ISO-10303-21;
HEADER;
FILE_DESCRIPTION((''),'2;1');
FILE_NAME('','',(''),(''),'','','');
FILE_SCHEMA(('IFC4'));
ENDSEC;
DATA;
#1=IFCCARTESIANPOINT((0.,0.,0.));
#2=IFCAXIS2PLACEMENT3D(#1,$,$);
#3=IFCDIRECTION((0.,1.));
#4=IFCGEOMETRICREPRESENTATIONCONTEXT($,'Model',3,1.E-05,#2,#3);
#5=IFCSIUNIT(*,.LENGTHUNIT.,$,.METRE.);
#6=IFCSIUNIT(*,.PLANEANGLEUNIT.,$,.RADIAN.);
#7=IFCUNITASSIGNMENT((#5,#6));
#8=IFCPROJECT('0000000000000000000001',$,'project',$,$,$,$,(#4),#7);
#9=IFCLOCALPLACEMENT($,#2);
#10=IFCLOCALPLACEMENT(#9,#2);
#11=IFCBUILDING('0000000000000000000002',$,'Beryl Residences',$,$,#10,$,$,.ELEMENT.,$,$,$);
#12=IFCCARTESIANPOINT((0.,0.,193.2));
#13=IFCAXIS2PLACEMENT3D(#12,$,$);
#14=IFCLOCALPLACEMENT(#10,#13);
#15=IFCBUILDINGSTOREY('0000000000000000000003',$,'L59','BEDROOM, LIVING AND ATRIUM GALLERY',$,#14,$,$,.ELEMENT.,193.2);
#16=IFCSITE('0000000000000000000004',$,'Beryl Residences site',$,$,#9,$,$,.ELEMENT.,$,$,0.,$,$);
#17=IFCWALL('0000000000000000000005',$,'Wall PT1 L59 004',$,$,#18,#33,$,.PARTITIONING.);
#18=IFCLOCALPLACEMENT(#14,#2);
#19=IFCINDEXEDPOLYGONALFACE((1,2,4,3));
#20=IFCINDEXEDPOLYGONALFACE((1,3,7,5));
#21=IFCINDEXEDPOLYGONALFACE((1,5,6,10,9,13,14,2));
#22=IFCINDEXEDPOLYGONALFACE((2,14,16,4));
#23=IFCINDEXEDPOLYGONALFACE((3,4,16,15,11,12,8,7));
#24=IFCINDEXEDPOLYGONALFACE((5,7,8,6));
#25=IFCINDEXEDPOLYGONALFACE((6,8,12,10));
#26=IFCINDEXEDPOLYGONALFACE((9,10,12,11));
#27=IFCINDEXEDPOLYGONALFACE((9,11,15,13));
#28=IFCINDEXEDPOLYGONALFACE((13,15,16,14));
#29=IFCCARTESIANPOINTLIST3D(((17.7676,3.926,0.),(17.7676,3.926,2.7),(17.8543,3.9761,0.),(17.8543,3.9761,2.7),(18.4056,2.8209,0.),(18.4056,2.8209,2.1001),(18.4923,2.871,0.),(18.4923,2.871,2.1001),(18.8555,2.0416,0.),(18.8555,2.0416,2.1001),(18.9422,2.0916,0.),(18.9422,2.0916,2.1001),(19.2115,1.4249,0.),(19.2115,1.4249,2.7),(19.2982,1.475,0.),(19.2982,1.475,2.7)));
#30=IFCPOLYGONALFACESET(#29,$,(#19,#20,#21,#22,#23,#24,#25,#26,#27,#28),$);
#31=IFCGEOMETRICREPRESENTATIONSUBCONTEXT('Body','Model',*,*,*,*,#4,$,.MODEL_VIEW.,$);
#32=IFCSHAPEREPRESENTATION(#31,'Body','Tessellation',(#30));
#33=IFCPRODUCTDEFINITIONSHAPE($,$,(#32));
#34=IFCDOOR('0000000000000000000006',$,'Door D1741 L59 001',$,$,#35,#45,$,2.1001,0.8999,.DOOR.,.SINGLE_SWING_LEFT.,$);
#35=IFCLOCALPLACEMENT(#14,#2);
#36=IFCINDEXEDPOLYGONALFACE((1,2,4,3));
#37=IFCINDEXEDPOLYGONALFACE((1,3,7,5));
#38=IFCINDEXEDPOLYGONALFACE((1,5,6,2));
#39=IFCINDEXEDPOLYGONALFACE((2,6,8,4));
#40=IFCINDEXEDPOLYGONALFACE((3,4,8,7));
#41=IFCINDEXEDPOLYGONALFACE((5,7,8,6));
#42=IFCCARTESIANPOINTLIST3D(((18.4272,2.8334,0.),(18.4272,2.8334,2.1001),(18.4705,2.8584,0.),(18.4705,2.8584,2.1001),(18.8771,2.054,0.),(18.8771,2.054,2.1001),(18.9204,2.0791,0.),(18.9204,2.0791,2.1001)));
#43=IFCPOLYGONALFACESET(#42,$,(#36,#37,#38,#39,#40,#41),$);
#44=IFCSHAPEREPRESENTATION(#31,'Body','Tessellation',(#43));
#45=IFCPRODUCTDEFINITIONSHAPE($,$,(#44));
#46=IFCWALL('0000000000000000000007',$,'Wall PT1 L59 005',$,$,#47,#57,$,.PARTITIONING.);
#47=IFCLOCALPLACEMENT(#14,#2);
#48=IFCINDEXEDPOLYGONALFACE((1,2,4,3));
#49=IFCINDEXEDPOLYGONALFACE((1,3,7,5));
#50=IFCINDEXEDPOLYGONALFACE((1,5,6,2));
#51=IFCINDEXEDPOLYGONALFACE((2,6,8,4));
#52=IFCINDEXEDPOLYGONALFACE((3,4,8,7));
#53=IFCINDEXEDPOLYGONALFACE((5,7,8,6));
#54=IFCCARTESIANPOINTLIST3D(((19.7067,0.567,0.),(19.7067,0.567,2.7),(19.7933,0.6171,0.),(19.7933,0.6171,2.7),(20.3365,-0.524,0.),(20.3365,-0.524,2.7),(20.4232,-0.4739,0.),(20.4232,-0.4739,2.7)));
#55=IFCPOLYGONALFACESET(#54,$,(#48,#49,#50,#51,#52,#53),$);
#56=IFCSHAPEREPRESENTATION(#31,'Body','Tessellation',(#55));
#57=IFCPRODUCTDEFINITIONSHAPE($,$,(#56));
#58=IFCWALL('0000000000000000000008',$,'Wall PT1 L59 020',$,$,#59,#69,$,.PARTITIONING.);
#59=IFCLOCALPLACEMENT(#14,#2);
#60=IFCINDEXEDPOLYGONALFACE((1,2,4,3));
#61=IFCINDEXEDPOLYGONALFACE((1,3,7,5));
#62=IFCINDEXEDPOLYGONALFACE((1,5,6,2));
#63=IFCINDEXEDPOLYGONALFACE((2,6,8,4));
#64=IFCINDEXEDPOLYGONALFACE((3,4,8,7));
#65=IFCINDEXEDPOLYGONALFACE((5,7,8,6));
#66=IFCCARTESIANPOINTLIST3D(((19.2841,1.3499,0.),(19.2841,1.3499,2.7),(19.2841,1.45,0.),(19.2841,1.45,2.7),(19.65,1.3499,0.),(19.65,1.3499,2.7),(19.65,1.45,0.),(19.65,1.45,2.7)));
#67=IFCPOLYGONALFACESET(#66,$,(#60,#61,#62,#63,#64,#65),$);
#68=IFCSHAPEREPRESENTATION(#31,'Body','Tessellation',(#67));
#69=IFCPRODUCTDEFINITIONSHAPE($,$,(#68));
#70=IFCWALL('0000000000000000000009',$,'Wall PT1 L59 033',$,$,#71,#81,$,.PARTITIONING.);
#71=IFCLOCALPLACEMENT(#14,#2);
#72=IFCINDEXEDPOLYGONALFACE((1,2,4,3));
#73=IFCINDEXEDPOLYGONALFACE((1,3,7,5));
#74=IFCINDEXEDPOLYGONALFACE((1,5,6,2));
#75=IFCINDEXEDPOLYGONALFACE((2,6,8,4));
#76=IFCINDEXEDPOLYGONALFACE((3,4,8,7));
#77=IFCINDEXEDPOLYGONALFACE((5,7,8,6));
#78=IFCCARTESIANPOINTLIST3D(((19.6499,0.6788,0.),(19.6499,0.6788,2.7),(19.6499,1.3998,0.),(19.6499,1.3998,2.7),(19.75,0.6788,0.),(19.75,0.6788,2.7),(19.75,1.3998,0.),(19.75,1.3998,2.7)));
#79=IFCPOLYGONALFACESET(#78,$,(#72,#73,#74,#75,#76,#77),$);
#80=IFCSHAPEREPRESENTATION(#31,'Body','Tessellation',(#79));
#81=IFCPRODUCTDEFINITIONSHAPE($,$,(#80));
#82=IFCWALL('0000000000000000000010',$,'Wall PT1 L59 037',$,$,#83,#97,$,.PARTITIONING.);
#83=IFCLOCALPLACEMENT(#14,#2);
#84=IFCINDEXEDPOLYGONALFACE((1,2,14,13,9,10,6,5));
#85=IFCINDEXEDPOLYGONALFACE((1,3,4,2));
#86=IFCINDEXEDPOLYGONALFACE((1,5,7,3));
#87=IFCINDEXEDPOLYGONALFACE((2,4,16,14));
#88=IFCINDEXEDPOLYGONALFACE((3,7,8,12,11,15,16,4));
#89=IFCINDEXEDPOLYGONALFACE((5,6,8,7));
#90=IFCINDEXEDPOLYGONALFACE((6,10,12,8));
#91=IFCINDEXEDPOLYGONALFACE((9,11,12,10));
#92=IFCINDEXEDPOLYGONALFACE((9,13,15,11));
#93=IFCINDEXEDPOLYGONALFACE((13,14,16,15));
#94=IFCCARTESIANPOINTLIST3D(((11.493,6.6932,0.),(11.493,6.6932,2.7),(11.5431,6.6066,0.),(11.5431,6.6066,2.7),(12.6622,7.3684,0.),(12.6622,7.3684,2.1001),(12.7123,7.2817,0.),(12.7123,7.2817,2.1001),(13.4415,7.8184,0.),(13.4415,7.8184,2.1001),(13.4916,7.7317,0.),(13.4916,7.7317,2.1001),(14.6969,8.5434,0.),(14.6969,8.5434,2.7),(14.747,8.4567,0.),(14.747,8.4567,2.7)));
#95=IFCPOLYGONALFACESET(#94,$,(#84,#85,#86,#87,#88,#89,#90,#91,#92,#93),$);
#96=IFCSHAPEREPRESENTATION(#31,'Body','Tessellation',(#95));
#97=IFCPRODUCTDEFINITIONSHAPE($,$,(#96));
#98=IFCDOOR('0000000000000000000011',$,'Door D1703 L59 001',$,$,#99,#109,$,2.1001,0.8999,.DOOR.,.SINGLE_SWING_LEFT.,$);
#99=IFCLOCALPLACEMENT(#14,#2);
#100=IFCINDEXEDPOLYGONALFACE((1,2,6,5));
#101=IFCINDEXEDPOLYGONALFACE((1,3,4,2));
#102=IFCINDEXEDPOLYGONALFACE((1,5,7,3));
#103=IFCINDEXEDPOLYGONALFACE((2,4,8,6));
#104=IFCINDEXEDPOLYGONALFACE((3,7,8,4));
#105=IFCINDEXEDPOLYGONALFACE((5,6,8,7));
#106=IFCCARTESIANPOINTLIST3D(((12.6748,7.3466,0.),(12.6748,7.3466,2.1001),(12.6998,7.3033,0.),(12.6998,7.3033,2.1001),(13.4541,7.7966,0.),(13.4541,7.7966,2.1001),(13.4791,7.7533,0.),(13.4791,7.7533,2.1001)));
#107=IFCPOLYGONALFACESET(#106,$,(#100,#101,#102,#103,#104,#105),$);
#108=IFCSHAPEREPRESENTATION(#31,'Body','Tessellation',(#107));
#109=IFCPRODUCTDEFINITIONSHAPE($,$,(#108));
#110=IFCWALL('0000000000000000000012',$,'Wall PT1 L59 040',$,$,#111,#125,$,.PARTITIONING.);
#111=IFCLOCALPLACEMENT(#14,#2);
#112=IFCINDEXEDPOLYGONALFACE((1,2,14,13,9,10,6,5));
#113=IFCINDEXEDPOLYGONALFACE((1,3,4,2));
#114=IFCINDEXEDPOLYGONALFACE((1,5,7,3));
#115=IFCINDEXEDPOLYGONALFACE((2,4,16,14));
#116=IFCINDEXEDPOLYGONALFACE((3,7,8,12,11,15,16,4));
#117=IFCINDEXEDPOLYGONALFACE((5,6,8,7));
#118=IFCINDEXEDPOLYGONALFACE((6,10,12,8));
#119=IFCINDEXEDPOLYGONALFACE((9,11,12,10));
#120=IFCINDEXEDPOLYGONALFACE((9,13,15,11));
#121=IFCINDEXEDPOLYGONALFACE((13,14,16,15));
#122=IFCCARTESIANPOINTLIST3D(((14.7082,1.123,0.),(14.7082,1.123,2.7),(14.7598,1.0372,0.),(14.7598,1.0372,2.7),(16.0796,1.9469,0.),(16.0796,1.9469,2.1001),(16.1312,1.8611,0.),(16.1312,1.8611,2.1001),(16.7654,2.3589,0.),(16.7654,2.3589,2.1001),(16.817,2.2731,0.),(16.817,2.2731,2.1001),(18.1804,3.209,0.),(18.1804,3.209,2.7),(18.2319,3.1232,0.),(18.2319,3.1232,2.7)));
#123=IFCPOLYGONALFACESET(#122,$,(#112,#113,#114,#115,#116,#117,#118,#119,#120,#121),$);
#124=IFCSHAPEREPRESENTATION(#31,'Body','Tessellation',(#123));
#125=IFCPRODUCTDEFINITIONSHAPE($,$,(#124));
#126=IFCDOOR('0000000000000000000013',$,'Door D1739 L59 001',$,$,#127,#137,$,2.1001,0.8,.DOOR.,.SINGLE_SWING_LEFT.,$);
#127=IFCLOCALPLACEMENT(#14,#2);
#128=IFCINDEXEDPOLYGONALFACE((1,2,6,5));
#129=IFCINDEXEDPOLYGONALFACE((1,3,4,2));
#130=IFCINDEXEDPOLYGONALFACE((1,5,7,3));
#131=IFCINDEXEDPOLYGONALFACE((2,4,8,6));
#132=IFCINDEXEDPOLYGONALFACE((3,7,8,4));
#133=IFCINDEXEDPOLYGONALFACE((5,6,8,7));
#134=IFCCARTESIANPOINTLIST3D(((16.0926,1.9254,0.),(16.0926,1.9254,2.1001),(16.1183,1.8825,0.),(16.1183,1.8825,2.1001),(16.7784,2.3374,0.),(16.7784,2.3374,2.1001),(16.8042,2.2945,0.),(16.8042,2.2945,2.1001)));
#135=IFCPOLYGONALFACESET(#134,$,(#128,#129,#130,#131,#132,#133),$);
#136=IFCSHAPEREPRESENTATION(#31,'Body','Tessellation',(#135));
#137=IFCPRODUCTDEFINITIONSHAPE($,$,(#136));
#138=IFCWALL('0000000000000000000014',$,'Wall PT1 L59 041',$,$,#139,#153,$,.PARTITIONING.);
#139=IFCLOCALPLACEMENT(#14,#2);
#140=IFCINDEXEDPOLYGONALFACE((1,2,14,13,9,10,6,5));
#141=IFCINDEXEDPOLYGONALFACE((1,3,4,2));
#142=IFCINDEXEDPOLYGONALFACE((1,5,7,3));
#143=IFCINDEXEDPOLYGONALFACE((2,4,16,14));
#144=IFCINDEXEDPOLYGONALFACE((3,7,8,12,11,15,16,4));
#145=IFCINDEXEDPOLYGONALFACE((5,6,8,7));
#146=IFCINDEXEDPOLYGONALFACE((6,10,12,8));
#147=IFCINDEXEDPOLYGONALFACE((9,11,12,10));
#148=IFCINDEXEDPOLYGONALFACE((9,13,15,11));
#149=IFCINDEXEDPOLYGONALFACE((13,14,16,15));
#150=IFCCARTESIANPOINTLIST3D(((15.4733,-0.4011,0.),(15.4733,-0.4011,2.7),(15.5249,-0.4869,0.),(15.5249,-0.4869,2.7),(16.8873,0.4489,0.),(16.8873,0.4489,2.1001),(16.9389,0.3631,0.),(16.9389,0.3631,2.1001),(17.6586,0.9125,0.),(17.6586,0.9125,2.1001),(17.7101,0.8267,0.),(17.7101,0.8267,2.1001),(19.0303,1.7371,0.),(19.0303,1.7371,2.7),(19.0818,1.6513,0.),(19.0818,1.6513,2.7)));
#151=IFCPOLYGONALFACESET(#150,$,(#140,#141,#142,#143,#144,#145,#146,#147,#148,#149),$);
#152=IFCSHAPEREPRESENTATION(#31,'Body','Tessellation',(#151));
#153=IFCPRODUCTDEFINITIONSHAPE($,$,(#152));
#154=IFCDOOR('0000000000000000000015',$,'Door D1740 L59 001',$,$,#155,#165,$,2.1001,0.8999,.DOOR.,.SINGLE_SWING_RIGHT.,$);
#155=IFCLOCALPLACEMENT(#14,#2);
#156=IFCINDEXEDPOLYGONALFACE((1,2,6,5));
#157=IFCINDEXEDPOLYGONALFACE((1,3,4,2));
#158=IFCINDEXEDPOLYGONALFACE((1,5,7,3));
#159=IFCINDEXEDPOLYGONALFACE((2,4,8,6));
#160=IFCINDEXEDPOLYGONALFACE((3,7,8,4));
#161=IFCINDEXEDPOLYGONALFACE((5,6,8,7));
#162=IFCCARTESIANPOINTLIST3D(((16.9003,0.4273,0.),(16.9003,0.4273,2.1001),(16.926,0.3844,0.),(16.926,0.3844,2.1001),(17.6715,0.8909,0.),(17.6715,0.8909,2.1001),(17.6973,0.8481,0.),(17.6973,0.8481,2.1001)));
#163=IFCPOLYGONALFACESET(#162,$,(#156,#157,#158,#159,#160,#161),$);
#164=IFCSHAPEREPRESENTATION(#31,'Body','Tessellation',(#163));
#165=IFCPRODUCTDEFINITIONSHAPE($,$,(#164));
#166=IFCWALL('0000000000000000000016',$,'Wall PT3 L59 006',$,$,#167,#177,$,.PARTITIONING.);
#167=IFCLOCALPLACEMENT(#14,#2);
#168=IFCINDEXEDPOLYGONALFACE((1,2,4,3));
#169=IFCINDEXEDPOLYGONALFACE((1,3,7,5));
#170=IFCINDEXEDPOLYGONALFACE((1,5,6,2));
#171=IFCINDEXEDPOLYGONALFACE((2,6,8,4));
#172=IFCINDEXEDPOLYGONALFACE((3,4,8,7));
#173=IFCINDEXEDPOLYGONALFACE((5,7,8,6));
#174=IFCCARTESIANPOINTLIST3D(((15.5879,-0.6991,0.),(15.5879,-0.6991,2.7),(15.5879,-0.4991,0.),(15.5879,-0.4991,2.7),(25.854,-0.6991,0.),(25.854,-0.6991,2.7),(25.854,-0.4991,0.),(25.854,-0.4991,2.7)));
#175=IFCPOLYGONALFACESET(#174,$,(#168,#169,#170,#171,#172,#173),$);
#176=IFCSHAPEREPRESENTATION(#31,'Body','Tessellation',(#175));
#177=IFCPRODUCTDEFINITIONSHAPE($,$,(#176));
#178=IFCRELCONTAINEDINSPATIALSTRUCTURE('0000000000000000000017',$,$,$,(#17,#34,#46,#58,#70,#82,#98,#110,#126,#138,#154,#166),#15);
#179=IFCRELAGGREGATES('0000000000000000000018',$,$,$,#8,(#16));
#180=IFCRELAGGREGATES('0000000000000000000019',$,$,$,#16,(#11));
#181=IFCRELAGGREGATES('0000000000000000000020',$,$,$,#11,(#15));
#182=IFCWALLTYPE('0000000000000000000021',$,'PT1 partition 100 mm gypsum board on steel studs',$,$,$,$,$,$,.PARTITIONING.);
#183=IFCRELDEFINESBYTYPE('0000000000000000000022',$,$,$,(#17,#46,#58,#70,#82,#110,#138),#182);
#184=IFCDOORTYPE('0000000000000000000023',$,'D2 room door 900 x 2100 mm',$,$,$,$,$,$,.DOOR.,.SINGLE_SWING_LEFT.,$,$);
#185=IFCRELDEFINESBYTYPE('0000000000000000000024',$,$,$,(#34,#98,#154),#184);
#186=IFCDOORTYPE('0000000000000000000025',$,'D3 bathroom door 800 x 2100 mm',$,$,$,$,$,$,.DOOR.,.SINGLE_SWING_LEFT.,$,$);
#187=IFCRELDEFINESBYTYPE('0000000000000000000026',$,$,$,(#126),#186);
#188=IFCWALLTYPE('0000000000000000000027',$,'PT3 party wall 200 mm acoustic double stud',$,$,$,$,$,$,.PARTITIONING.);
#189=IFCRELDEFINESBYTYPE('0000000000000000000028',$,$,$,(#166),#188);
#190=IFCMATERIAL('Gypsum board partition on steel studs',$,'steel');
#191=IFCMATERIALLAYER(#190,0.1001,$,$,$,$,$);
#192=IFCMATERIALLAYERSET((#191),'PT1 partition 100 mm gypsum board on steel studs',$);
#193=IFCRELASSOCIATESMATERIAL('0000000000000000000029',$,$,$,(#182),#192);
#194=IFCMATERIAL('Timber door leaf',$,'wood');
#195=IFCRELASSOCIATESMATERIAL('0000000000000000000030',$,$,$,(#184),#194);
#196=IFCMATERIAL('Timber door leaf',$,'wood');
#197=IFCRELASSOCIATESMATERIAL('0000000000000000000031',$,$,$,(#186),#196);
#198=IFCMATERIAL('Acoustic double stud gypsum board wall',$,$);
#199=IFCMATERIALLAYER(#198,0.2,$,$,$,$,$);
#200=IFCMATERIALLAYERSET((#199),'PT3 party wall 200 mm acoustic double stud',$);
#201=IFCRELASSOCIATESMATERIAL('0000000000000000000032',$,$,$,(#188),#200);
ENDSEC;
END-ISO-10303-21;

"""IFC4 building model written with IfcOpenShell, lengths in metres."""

from ifc_helpers import new_model, si_unit, direction, frame, frame_2d, origin, place, context, subcontext, project, spatial, rectangle, extrude, material, layer, layer_set, type_object, element, fill, save


model = new_model("IFC4")

# Units and contexts
model_context = context("Model", 3, precision=1e-05, world=origin(), true_north=direction((0.0, 1.0)))
body_context = subcontext(model_context, "Body", "Model", "MODEL_VIEW")
ifc_project = project(units=[si_unit("LENGTHUNIT", "METRE"), si_unit("PLANEANGLEUNIT", "RADIAN")], contexts=[model_context])

# Site, building, storey
site_placement = place(None, origin())
site = spatial("IfcSite", under=ifc_project, at=site_placement, Name="Beryl Residences site", CompositionType="ELEMENT", RefElevation=0.0)
building_placement = place(site_placement, origin())
building = spatial("IfcBuilding", under=site, at=building_placement, Name="Beryl Residences", CompositionType="ELEMENT")
storey_placement = place(building_placement, frame((0.0, 0.0, 193.2)))
storey = spatial("IfcBuildingStorey", under=building, at=storey_placement, Name="L59", Description="BEDROOM, LIVING AND ATRIUM GALLERY", CompositionType="ELEMENT", Elevation=193.2)

# Wall, opening, door
ifc_material_1 = material(Name="Gypsum board partition on steel studs", Category="steel")
ifc_layer_1 = layer(ifc_material_1, 0.1001)
ifc_layer_set_1 = layer_set([ifc_layer_1], Name="PT1 partition 100 mm gypsum board on steel studs")
wall_type_1 = type_object("IfcWallType", Name="PT1 partition 100 mm gypsum board on steel studs", PredefinedType="PARTITIONING", material=ifc_layer_set_1)
wall_1_placement = place(storey_placement, frame((17.811, 3.9509, 0.0), z_axis=(0.0, 0.0, 1.0), x_axis=(0.499976, -0.866039, 0.0)))
wall_1 = element("IfcWall", 1, at=wall_1_placement, inside=storey, type_object=wall_type_1, Name="Wall PT1 L59 004", PredefinedType="PARTITIONING", context=body_context, shape_type="SweptSolid", body=[
    extrude(rectangle(XDim=2.8879, YDim=0.1001, at=frame_2d((1.4438, 0.0))), origin(), (0.0, 0.0, 1.0), 2.7),
])
opening_1_placement = place(wall_1_placement, frame((1.2759, 0.0, 0.0)))
opening_1 = element("IfcOpeningElement", 2, at=opening_1_placement, cuts=wall_1, PredefinedType="OPENING", context=body_context, shape_type="SweptSolid", body=[
    extrude(rectangle(XDim=0.8999, YDim=2.1001, at=frame_2d((0.45, 1.05))), frame((0.0, 0.0601, 0.0), z_axis=(0.0, -1.0, 0.0), x_axis=(1.0, 0.0, 0.0)), (0.0, 0.0, 1.0), 0.1201),
])
ifc_material_2 = material(Name="Timber door leaf", Category="wood")
door_type_1 = type_object("IfcDoorType", Name="D2 room door 900 x 2100 mm", OperationType="SINGLE_SWING_LEFT", PredefinedType="DOOR", material=ifc_material_2)
door_1_placement = place(opening_1_placement, origin())
door_1 = element("IfcDoor", 3, at=door_1_placement, inside=storey, type_object=door_type_1, Name="Door D1741 L59 001", OperationType="SINGLE_SWING_LEFT", OverallHeight=2.1001, OverallWidth=0.8999, PredefinedType="DOOR", context=body_context, shape_type="SweptSolid", body=[
    extrude(rectangle(XDim=0.8999, YDim=2.1001, at=frame_2d((0.45, 1.05))), frame((0.0, 0.0249, 0.0), z_axis=(0.0, -1.0, 0.0), x_axis=(1.0, 0.0, 0.0)), (0.0, 0.0, 1.0), 0.05),
])
fill(opening_1, door_1)

# Walls
wall_2_placement = place(storey_placement, frame((19.75, 0.592, 0.0), z_axis=(0.0, 0.0, 1.0), x_axis=(0.499974, -0.86604, 0.0)))
element("IfcWall", 4, at=wall_2_placement, inside=storey, type_object=wall_type_1, Name="Wall PT1 L59 005", PredefinedType="PARTITIONING", context=body_context, shape_type="SweptSolid", body=[
    extrude(rectangle(XDim=1.2598, YDim=0.1001, at=frame_2d((0.6299, 0.0))), origin(), (0.0, 0.0, 1.0), 2.7),
])
wall_3_placement = place(storey_placement, frame((19.2839, 1.3999, 0.0), z_axis=(0.0, 0.0, 1.0), x_axis=(1.0, 0.0, 0.0)))
element("IfcWall", 5, at=wall_3_placement, inside=storey, type_object=wall_type_1, Name="Wall PT1 L59 020", PredefinedType="PARTITIONING", context=body_context, shape_type="SweptSolid", body=[
    extrude(rectangle(XDim=0.366, YDim=0.1001, at=frame_2d((0.1831, 0.0))), origin(), (0.0, 0.0, 1.0), 2.7),
])
wall_4_placement = place(storey_placement, frame((19.7, 0.679, 0.0), z_axis=(0.0, 0.0, 1.0), x_axis=(0.0, 1.0, 0.0)))
element("IfcWall", 6, at=wall_4_placement, inside=storey, type_object=wall_type_1, Name="Wall PT1 L59 033", PredefinedType="PARTITIONING", context=body_context, shape_type="SweptSolid", body=[
    extrude(rectangle(XDim=0.7209, YDim=0.1001, at=frame_2d((0.3604, 0.0))), origin(), (0.0, 0.0, 1.0), 2.7),
])

# Walls, openings, doors
wall_5_placement = place(storey_placement, frame((11.5181, 6.6499, 0.0), z_axis=(0.0, 0.0, 1.0), x_axis=(0.865984, 0.500071, 0.0)))
wall_5 = element("IfcWall", 7, at=wall_5_placement, inside=storey, type_object=wall_type_1, Name="Wall PT1 L59 037", PredefinedType="PARTITIONING", context=body_context, shape_type="SweptSolid", body=[
    extrude(rectangle(XDim=3.6997, YDim=0.1001, at=frame_2d((1.8499, 0.0))), origin(), (0.0, 0.0, 1.0), 2.7),
])
opening_2_placement = place(wall_5_placement, frame((1.3501, 0.0, 0.0)))
opening_2 = element("IfcOpeningElement", 8, at=opening_2_placement, cuts=wall_5, PredefinedType="OPENING", context=body_context, shape_type="SweptSolid", body=[
    extrude(rectangle(XDim=0.8999, YDim=2.1001, at=frame_2d((0.45, 1.05))), frame((0.0, 0.0601, 0.0), z_axis=(0.0, -1.0, 0.0), x_axis=(1.0, 0.0, 0.0)), (0.0, 0.0, 1.0), 0.1201),
])
door_2_placement = place(opening_2_placement, origin())
door_2 = element("IfcDoor", 9, at=door_2_placement, inside=storey, type_object=door_type_1, Name="Door D1703 L59 001", OperationType="SINGLE_SWING_LEFT", OverallHeight=2.1001, OverallWidth=0.8999, PredefinedType="DOOR", context=body_context, shape_type="SweptSolid", body=[
    extrude(rectangle(XDim=0.8999, YDim=2.1001, at=frame_2d((0.45, 1.05))), frame((0.0, 0.0249, 0.0), z_axis=(0.0, -1.0, 0.0), x_axis=(1.0, 0.0, 0.0)), (0.0, 0.0, 1.0), 0.05),
])
fill(opening_2, door_2)
wall_6_placement = place(storey_placement, frame((14.7339, 1.0801, 0.0), z_axis=(0.0, 0.0, 1.0), x_axis=(0.857206, 0.514974, 0.0)))
wall_6 = element("IfcWall", 10, at=wall_6_placement, inside=storey, type_object=wall_type_1, Name="Wall PT1 L59 040", PredefinedType="PARTITIONING", context=body_context, shape_type="SweptSolid", body=[
    extrude(rectangle(XDim=4.0505, YDim=0.1001, at=frame_2d((2.0254, 0.0))), origin(), (0.0, 0.0, 1.0), 2.7),
])
opening_3_placement = place(wall_6_placement, frame((1.6001, 0.0, 0.0)))
opening_3 = element("IfcOpeningElement", 11, at=opening_3_placement, cuts=wall_6, PredefinedType="OPENING", context=body_context, shape_type="SweptSolid", body=[
    extrude(rectangle(XDim=0.8, YDim=2.1001, at=frame_2d((0.3999, 1.05))), frame((0.0, 0.0601, 0.0), z_axis=(0.0, -1.0, 0.0), x_axis=(1.0, 0.0, 0.0)), (0.0, 0.0, 1.0), 0.1201),
])
ifc_material_3 = material(Name="Timber door leaf", Category="wood")
door_type_2 = type_object("IfcDoorType", Name="D3 bathroom door 800 x 2100 mm", OperationType="SINGLE_SWING_LEFT", PredefinedType="DOOR", material=ifc_material_3)
door_3_placement = place(opening_3_placement, origin())
door_3 = element("IfcDoor", 12, at=door_3_placement, inside=storey, type_object=door_type_2, Name="Door D1739 L59 001", OperationType="SINGLE_SWING_LEFT", OverallHeight=2.1001, OverallWidth=0.8, PredefinedType="DOOR", context=body_context, shape_type="SweptSolid", body=[
    extrude(rectangle(XDim=0.8, YDim=2.1001, at=frame_2d((0.3999, 1.05))), frame((0.0, 0.0249, 0.0), z_axis=(0.0, -1.0, 0.0), x_axis=(1.0, 0.0, 0.0)), (0.0, 0.0, 1.0), 0.05),
])
fill(opening_3, door_3)
wall_7_placement = place(storey_placement, frame((15.499, -0.4441, 0.0), z_axis=(0.0, 0.0, 1.0), x_axis=(0.857062, 0.515214, 0.0)))
wall_7 = element("IfcWall", 13, at=wall_7_placement, inside=storey, type_object=wall_type_1, Name="Wall PT1 L59 041", PredefinedType="PARTITIONING", context=body_context, shape_type="SweptSolid", body=[
    extrude(rectangle(XDim=4.1501, YDim=0.1001, at=frame_2d((2.0752, 0.0))), origin(), (0.0, 0.0, 1.0), 2.7),
])
opening_4_placement = place(wall_7_placement, frame((1.6499, 0.0, 0.0)))
opening_4 = element("IfcOpeningElement", 14, at=opening_4_placement, cuts=wall_7, PredefinedType="OPENING", context=body_context, shape_type="SweptSolid", body=[
    extrude(rectangle(XDim=0.8999, YDim=2.1001, at=frame_2d((0.45, 1.05))), frame((0.0, 0.0601, 0.0), z_axis=(0.0, -1.0, 0.0), x_axis=(1.0, 0.0, 0.0)), (0.0, 0.0, 1.0), 0.1201),
])
door_4_placement = place(opening_4_placement, origin())
door_4 = element("IfcDoor", 15, at=door_4_placement, inside=storey, type_object=door_type_1, Name="Door D1740 L59 001", OperationType="SINGLE_SWING_RIGHT", OverallHeight=2.1001, OverallWidth=0.8999, PredefinedType="DOOR", context=body_context, shape_type="SweptSolid", body=[
    extrude(rectangle(XDim=0.8999, YDim=2.1001, at=frame_2d((0.45, 1.05))), frame((0.0, 0.0249, 0.0), z_axis=(0.0, -1.0, 0.0), x_axis=(1.0, 0.0, 0.0)), (0.0, 0.0, 1.0), 0.05),
])
fill(opening_4, door_4)

# Wall
ifc_material_4 = material(Name="Acoustic double stud gypsum board wall")
ifc_layer_2 = layer(ifc_material_4, 0.2)
ifc_layer_set_2 = layer_set([ifc_layer_2], Name="PT3 party wall 200 mm acoustic double stud")
wall_type_2 = type_object("IfcWallType", Name="PT3 party wall 200 mm acoustic double stud", PredefinedType="PARTITIONING", material=ifc_layer_set_2)
wall_8_placement = place(storey_placement, frame((15.5879, -0.5991, 0.0), z_axis=(0.0, 0.0, 1.0), x_axis=(1.0, 0.0, 0.0)))
element("IfcWall", 16, at=wall_8_placement, inside=storey, type_object=wall_type_2, Name="Wall PT3 L59 006", PredefinedType="PARTITIONING", context=body_context, shape_type="SweptSolid", body=[
    extrude(rectangle(XDim=10.2661, YDim=0.2, at=frame_2d((5.1331, 0.0))), origin(), (0.0, 0.0, 1.0), 2.7),
])

save(model, "model.ifc")
